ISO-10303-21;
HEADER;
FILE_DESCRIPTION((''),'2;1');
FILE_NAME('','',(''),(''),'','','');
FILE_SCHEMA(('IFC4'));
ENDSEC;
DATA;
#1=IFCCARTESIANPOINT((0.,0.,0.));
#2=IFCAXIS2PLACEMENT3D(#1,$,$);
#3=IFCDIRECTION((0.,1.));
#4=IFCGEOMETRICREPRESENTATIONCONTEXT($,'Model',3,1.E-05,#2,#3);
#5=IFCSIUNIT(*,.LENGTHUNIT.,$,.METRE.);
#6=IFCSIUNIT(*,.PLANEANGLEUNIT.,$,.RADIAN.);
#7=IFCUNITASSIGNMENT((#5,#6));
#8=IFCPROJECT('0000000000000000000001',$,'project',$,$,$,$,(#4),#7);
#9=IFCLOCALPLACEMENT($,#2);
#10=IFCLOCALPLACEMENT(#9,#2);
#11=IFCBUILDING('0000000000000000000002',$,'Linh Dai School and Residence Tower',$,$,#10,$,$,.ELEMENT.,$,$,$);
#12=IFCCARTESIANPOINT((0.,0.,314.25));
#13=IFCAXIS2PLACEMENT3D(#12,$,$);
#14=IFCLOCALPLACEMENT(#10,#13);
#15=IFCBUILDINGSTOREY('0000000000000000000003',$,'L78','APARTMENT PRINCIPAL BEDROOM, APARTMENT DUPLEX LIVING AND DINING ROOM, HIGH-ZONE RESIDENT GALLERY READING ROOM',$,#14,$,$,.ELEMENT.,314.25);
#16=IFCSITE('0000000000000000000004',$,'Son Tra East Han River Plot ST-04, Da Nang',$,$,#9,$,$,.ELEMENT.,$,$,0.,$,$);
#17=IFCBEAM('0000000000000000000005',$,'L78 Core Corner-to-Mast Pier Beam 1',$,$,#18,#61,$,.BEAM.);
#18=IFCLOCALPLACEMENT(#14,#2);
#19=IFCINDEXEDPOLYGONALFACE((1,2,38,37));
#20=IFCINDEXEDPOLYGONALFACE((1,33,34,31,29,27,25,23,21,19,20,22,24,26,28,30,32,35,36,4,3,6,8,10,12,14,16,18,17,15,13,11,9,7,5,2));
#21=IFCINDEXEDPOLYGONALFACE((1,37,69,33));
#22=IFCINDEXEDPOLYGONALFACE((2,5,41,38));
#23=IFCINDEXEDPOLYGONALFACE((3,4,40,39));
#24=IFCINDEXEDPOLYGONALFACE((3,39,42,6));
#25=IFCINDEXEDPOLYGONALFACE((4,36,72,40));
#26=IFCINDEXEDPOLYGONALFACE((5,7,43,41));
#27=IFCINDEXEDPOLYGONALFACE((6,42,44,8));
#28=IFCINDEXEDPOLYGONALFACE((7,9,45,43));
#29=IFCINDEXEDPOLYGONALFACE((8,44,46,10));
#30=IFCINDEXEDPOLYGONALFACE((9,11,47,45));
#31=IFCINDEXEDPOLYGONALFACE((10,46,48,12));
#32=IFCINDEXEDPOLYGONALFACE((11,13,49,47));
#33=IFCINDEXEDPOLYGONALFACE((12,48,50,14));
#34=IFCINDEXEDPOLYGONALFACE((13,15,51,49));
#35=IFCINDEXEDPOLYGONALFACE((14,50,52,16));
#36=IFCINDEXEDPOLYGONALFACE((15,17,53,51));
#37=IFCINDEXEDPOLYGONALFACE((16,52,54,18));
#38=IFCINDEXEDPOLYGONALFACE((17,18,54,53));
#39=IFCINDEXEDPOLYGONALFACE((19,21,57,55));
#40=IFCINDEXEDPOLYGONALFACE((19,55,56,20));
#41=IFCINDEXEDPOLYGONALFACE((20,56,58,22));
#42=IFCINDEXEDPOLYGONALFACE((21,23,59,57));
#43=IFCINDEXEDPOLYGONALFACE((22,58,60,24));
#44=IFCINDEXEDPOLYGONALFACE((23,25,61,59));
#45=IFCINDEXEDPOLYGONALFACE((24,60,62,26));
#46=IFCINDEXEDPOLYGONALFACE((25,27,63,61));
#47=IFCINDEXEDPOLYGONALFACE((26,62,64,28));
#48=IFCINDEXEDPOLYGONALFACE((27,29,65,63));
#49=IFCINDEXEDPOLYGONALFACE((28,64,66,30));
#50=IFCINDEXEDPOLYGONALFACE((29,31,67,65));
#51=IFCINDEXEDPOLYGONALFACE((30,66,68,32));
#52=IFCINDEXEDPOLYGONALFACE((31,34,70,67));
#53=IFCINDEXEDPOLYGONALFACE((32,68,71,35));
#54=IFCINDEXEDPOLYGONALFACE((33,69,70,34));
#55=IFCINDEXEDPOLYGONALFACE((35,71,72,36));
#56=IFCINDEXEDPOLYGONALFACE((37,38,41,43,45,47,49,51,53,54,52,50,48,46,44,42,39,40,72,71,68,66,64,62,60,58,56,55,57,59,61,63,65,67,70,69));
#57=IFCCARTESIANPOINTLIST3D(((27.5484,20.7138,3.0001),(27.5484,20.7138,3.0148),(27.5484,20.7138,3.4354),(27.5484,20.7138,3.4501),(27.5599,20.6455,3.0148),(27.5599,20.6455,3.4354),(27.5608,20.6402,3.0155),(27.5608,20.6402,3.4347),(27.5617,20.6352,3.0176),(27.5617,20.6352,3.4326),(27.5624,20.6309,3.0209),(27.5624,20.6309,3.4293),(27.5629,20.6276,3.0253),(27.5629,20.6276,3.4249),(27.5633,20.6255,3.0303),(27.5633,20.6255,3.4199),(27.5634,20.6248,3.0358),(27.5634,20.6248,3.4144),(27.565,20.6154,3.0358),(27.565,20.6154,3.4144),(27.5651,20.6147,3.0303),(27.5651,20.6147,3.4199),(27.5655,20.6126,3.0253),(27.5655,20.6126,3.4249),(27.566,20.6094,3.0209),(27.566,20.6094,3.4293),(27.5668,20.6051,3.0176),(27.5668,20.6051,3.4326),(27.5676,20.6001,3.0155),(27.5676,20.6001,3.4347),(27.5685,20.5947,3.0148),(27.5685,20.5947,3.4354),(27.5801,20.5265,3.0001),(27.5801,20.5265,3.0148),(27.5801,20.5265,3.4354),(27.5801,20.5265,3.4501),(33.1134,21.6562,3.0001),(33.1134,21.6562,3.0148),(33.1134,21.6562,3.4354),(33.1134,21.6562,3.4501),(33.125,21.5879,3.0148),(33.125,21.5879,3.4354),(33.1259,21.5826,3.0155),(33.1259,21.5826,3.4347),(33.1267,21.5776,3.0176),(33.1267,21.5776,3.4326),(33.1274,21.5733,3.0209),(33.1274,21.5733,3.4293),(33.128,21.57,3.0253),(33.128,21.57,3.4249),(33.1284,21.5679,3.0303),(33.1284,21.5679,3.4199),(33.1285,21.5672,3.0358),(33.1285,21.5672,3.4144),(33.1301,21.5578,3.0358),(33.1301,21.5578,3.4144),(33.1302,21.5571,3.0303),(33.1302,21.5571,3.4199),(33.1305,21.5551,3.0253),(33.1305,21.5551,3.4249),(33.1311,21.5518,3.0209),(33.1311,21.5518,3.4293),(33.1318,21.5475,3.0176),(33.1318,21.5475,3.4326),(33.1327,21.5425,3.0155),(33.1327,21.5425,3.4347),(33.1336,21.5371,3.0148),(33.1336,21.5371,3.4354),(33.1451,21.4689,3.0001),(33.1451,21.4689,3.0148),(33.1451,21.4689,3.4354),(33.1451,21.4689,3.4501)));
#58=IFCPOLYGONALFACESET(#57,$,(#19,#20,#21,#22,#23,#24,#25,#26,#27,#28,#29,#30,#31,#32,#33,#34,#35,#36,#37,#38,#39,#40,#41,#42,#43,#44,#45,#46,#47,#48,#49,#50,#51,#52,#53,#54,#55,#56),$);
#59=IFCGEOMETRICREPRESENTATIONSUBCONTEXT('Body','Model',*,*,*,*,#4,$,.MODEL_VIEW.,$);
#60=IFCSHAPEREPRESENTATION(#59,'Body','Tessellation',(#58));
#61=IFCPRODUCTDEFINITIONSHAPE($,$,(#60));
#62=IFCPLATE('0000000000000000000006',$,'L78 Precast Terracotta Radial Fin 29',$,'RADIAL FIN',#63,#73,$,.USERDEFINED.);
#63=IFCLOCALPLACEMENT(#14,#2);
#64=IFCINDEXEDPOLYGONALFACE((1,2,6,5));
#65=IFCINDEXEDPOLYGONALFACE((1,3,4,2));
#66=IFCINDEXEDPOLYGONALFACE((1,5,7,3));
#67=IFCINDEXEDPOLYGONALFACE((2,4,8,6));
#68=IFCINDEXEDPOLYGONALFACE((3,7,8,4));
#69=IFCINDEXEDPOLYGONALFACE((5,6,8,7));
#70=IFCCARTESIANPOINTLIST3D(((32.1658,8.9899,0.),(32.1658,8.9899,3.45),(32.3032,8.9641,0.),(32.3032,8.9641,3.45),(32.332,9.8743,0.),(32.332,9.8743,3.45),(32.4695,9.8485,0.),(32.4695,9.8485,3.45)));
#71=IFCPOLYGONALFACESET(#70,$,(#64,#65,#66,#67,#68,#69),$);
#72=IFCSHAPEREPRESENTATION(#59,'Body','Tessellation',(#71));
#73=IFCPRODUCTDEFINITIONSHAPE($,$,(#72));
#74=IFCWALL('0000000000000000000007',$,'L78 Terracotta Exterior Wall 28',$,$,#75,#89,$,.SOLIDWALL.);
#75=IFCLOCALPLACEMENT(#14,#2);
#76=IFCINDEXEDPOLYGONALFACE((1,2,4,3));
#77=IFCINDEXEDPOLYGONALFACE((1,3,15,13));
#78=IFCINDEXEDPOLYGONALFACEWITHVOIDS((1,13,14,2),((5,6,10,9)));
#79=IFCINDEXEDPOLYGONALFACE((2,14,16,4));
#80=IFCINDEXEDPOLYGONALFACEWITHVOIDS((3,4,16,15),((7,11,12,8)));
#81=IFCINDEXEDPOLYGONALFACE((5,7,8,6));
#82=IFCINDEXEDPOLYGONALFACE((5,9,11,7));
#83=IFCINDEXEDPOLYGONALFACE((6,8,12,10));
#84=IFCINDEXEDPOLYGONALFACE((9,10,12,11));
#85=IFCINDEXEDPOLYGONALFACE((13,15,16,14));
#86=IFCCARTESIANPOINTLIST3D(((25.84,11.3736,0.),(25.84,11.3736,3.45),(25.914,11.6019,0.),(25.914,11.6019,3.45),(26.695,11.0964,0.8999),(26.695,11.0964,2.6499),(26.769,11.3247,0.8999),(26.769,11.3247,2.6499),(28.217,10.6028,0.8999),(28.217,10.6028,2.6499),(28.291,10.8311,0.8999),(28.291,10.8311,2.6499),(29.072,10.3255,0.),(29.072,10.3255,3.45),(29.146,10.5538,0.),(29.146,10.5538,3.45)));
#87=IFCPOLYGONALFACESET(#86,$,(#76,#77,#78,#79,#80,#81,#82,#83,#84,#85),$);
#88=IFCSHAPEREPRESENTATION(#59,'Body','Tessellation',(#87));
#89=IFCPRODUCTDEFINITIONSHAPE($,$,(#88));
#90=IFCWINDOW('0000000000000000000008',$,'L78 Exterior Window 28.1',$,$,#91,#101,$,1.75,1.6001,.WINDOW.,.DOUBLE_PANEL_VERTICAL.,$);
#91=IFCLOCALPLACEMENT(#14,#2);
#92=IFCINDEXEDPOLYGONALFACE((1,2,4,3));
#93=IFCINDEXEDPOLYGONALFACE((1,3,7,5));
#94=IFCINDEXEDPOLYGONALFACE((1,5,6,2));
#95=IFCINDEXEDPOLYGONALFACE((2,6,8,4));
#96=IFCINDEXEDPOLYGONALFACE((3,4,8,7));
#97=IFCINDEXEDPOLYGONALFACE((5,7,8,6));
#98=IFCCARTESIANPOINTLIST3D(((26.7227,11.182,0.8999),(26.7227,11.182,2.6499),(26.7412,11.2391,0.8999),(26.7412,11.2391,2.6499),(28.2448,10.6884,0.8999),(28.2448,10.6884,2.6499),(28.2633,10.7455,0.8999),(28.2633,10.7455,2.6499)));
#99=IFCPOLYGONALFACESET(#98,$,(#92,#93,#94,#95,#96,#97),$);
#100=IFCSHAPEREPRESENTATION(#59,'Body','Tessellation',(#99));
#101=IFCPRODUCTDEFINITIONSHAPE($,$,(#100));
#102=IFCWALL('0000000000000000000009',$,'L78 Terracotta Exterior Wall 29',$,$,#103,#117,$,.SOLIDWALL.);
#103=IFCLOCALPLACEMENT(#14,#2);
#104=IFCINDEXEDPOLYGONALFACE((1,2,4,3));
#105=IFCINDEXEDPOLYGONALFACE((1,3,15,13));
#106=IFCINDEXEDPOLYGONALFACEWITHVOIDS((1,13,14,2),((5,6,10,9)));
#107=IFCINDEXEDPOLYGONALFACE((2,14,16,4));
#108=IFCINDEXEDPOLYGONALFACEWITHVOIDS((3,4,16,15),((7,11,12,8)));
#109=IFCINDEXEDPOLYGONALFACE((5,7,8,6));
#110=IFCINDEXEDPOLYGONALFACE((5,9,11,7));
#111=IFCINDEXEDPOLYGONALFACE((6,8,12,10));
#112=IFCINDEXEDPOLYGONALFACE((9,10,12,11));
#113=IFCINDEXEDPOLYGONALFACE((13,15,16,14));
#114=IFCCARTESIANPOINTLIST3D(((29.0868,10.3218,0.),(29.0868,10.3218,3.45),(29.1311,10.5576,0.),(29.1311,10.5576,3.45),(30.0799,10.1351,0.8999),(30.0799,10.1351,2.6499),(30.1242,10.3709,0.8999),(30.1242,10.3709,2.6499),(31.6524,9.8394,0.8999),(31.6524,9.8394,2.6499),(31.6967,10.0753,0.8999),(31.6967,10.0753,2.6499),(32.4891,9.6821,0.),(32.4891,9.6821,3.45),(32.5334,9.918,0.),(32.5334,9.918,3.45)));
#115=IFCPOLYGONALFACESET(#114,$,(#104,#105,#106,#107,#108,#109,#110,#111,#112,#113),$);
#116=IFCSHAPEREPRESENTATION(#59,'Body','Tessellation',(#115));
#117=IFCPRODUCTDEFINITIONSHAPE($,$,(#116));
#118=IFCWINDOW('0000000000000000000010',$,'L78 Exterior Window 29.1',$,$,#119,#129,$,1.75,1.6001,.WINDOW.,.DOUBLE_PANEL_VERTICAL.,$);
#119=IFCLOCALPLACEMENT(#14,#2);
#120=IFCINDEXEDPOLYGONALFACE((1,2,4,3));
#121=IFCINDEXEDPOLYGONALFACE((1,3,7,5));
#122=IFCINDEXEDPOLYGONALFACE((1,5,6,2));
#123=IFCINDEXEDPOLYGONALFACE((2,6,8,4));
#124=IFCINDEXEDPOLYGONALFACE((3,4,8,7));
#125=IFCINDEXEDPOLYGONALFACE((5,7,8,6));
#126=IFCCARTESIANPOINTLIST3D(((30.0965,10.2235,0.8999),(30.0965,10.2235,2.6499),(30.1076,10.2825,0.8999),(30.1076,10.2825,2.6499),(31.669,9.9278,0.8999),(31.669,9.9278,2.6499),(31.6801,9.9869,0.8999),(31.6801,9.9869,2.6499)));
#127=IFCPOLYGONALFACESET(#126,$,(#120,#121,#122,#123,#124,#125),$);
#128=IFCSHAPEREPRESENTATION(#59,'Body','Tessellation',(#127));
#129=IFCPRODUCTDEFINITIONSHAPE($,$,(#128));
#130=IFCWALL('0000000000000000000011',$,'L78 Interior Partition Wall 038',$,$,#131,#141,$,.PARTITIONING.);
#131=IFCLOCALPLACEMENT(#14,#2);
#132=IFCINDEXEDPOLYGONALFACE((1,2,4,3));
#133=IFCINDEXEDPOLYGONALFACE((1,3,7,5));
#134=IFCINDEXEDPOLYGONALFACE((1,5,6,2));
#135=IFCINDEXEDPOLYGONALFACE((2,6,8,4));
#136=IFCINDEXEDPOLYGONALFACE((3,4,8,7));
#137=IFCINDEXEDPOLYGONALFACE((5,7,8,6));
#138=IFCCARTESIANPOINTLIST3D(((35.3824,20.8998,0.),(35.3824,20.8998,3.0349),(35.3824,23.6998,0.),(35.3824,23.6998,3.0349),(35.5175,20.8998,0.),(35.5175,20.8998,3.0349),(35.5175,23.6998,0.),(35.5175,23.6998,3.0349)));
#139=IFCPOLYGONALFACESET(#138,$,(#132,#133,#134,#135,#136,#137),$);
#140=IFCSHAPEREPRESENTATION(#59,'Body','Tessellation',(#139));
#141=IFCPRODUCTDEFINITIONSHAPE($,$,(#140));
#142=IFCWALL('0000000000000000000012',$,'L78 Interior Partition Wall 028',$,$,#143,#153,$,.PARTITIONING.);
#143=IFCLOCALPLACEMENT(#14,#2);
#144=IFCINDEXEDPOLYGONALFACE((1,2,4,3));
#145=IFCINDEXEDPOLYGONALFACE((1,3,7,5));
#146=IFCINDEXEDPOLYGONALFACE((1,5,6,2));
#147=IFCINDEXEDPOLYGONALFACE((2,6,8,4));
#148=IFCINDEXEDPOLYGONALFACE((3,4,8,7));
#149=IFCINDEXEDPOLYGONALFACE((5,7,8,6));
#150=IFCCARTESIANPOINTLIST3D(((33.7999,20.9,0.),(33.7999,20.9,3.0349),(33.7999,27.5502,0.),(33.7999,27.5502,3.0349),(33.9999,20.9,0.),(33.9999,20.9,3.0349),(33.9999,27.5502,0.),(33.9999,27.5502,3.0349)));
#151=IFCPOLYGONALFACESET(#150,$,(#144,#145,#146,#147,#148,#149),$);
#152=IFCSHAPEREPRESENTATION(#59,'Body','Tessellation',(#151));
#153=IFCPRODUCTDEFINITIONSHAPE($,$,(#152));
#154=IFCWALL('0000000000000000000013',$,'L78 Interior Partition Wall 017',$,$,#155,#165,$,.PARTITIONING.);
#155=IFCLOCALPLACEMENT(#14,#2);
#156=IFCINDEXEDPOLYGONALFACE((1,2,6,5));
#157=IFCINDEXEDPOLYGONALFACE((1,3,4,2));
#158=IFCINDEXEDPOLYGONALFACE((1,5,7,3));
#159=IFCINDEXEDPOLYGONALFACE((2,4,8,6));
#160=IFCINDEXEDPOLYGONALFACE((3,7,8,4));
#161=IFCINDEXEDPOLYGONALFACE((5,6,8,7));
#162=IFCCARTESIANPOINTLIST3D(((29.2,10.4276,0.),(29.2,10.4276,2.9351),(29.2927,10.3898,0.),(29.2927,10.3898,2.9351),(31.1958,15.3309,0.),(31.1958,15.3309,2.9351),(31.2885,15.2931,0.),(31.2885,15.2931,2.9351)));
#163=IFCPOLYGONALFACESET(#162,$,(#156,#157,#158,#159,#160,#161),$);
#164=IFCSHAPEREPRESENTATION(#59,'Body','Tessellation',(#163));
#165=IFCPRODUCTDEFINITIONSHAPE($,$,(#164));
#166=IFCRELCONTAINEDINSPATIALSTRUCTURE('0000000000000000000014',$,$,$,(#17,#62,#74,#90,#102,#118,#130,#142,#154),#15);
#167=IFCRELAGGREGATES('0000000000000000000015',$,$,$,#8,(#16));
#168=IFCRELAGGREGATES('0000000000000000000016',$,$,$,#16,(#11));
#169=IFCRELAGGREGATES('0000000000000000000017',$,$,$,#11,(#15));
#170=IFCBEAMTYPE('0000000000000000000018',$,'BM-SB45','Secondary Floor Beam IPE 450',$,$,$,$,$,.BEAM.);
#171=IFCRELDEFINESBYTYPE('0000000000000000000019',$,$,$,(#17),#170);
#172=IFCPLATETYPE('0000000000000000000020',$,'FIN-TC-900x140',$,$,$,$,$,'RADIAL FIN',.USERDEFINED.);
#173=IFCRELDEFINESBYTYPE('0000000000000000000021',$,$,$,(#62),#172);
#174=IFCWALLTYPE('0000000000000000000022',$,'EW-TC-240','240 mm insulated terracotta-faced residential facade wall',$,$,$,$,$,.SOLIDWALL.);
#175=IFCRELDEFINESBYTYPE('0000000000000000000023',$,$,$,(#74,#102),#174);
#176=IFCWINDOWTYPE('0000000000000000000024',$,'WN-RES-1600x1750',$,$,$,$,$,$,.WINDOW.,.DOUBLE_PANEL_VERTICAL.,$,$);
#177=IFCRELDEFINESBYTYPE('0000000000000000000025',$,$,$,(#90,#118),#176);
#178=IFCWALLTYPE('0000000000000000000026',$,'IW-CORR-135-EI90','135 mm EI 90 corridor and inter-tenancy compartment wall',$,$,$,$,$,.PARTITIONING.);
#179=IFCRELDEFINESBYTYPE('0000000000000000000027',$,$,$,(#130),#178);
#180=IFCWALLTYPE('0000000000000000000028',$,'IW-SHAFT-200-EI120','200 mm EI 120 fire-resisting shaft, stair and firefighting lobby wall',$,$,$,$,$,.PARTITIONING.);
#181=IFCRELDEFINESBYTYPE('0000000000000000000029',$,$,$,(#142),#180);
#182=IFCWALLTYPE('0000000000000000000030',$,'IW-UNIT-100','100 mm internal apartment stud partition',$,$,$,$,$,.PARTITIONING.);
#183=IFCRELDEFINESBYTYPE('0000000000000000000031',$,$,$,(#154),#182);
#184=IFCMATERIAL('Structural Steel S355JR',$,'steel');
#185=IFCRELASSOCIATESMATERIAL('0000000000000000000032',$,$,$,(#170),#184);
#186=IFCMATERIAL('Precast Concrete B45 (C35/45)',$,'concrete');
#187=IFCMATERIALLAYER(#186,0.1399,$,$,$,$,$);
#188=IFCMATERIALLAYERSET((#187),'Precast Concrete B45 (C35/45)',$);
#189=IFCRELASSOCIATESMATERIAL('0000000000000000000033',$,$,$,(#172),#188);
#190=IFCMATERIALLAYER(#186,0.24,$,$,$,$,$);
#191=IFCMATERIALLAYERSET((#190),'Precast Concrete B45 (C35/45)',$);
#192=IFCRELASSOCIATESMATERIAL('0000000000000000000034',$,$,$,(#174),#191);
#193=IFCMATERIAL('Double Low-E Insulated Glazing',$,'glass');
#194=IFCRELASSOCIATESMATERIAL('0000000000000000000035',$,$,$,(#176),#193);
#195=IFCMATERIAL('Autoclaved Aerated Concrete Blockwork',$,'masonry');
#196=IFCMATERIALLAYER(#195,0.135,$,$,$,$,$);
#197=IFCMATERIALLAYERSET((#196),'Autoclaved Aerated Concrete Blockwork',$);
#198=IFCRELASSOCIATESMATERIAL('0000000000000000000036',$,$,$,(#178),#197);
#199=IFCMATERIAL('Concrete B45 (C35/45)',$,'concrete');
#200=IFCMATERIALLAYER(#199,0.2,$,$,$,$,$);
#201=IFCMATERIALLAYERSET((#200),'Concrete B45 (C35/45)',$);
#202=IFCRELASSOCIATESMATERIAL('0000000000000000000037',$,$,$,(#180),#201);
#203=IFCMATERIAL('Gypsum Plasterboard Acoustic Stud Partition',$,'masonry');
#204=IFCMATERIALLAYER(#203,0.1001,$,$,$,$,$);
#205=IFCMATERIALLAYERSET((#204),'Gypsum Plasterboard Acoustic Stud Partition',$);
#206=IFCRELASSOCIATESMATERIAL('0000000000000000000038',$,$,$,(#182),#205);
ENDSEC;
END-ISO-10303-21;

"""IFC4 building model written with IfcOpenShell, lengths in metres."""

from ifc_helpers import new_model, si_unit, direction, frame, frame_2d, origin, origin_2d, place, context, subcontext, project, spatial, rectangle, i_section, extrude, source, transform, mapped, material, layer, layer_set, material_profile, profile_set, type_object, element, fill, save


model = new_model("IFC4")

# Units and contexts
model_context = context("Model", 3, precision=1e-05, world=origin(), true_north=direction((0.0, 1.0)))
body_context = subcontext(model_context, "Body", "Model", "MODEL_VIEW")
ifc_project = project(units=[si_unit("LENGTHUNIT", "METRE"), si_unit("PLANEANGLEUNIT", "RADIAN")], contexts=[model_context])

# Site, building, storey
site_placement = place(None, origin())
site = spatial("IfcSite", under=ifc_project, at=site_placement, Name="Son Tra East Han River Plot ST-04, Da Nang", CompositionType="ELEMENT", RefElevation=0.0)
building_placement = place(site_placement, origin())
building = spatial("IfcBuilding", under=site, at=building_placement, Name="Linh Dai School and Residence Tower", CompositionType="ELEMENT")
storey_placement = place(building_placement, frame((0.0, 0.0, 314.25)))
storey = spatial("IfcBuildingStorey", under=building, at=storey_placement, Name="L78", Description="APARTMENT PRINCIPAL BEDROOM, APARTMENT DUPLEX LIVING AND DINING ROOM, HIGH-ZONE RESIDENT GALLERY READING ROOM", CompositionType="ELEMENT", Elevation=314.25)

# Shared definitions
ifc_material_1 = material(Name="Structural Steel S355JR", Category="steel")

# Beam
ifc_material_profile_1 = material_profile(ifc_material_1, i_section(OverallWidth=0.1899, OverallDepth=0.45, WebThickness=0.0095, FlangeThickness=0.0146, FilletRadius=0.021, at=origin_2d()), Name="IPE 450")
ifc_profile_set_1 = profile_set([ifc_material_profile_1], Name="Structural Steel S355JR")
beam_type_1 = type_object("IfcBeamType", Name="BM-SB45", Description="Secondary Floor Beam IPE 450", PredefinedType="BEAM", material=ifc_profile_set_1)
beam_1_placement = place(storey_placement, frame((27.5642, 20.6201, 3.2251), z_axis=(0.985963, 0.166966, 0.0), x_axis=(-0.166966, 0.985963, 0.0)))
element("IfcBeam", 1, at=beam_1_placement, inside=storey, type_object=beam_type_1, Name="L78 Core Corner-to-Mast Pier Beam 1", PredefinedType="BEAM", context=body_context, shape_type="SweptSolid", body=[
    extrude(i_section(OverallWidth=0.1899, OverallDepth=0.45, WebThickness=0.0095, FlangeThickness=0.0146, FilletRadius=0.021, at=origin_2d()), origin(), (0.0, 0.0, 1.0), 5.6443),
])

# Plate
ifc_material_2 = material(Name="Precast Concrete B45 (C35/45)", Category="concrete")
ifc_layer_1 = layer(ifc_material_2, 0.1399)
ifc_layer_set_1 = layer_set([ifc_layer_1], Name="Precast Concrete B45 (C35/45)")
plate_type = type_object("IfcPlateType", Name="FIN-TC-900x140", ElementType="RADIAL FIN", PredefinedType="USERDEFINED", material=ifc_layer_set_1)
shared_shape_1 = source(origin(), body_context, "Body", "SweptSolid", [
    extrude(rectangle(XDim=0.8999, YDim=0.1399, at=origin_2d()), origin(), (0.0, 0.0, 1.0), 3.45),
])
plate_placement = place(storey_placement, frame((32.3176, 9.4192, 0.0), z_axis=(0.0, 0.0, 1.0), x_axis=(-0.184751, -0.982785, 0.0)))
element("IfcPlate", 2, at=plate_placement, inside=storey, type_object=plate_type, Name="L78 Precast Terracotta Radial Fin 29", ObjectType="RADIAL FIN", PredefinedType="USERDEFINED", context=body_context, shape_type="MappedRepresentation", body=[
    mapped(shared_shape_1, transform((0.0, 0.0, 0.0), x_axis=(1.0, 0.0, 0.0), y_axis=(0.0, 1.0, 0.0), z_axis=(0.0, 0.0, 1.0), scale=1.0)),
])

# Walls, openings, windows
ifc_layer_2 = layer(ifc_material_2, 0.24)
ifc_layer_set_2 = layer_set([ifc_layer_2], Name="Precast Concrete B45 (C35/45)")
wall_type_1 = type_object("IfcWallType", Name="EW-TC-240", Description="240 mm insulated terracotta-faced residential facade wall", PredefinedType="SOLIDWALL", material=ifc_layer_set_2)
wall_1_placement = place(storey_placement, frame((29.1089, 10.4397, 0.0), z_axis=(0.0, 0.0, 1.0), x_axis=(-0.951231, 0.308478, 0.0)))
wall_1 = element("IfcWall", 3, at=wall_1_placement, inside=storey, type_object=wall_type_1, Name="L78 Terracotta Exterior Wall 28", PredefinedType="SOLIDWALL", context=body_context, shape_type="SweptSolid", body=[
    extrude(rectangle(XDim=3.3977, YDim=0.24, at=frame_2d((1.6987, 0.0))), origin(), (0.0, 0.0, 1.0), 3.45),
])
opening_1_placement = place(wall_1_placement, frame((0.8987, 0.0, 0.8999)))
opening_1 = element("IfcOpeningElement", 4, at=opening_1_placement, cuts=wall_1, PredefinedType="OPENING", context=body_context, shape_type="SweptSolid", body=[
    extrude(rectangle(XDim=1.6001, YDim=1.75, at=origin_2d()), frame((0.8, 0.1299, 0.875), z_axis=(0.0, -1.0, 0.0), x_axis=(1.0, 0.0, 0.0)), (0.0, 0.0, 1.0), 0.26),
])
ifc_material_3 = material(Name="Double Low-E Insulated Glazing", Category="glass")
window_type = type_object("IfcWindowType", Name="WN-RES-1600x1750", PartitioningType="DOUBLE_PANEL_VERTICAL", PredefinedType="WINDOW", material=ifc_material_3)
shared_shape_2 = source(origin(), body_context, "Body", "SweptSolid", [
    extrude(rectangle(XDim=1.6001, YDim=1.75, at=origin_2d()), frame((0.8, 0.03, 0.875), z_axis=(0.0, -1.0, 0.0), x_axis=(1.0, 0.0, 0.0)), (0.0, 0.0, 1.0), 0.0601),
])
window_1_placement = place(opening_1_placement, origin())
window_1 = element("IfcWindow", 5, at=window_1_placement, inside=storey, type_object=window_type, Name="L78 Exterior Window 28.1", OverallHeight=1.75, OverallWidth=1.6001, PartitioningType="DOUBLE_PANEL_VERTICAL", PredefinedType="WINDOW", context=body_context, shape_type="MappedRepresentation", body=[
    mapped(shared_shape_2, transform((0.0, 0.0, 0.0), x_axis=(1.0, 0.0, 0.0), y_axis=(0.0, 1.0, 0.0), z_axis=(0.0, 0.0, 1.0), scale=1.0)),
])
fill(opening_1, window_1)
wall_2_placement = place(storey_placement, frame((32.5112, 9.8, 0.0), z_axis=(0.0, 0.0, 1.0), x_axis=(-0.982783, 0.184765, 0.0)))
wall_2 = element("IfcWall", 6, at=wall_2_placement, inside=storey, type_object=wall_type_1, Name="L78 Terracotta Exterior Wall 29", PredefinedType="SOLIDWALL", context=body_context, shape_type="SweptSolid", body=[
    extrude(rectangle(XDim=3.4619, YDim=0.24, at=frame_2d((1.731, 0.0))), origin(), (0.0, 0.0, 1.0), 3.45),
])
opening_2_placement = place(wall_2_placement, frame((0.8513, 0.0, 0.8999)))
opening_2 = element("IfcOpeningElement", 7, at=opening_2_placement, cuts=wall_2, PredefinedType="OPENING", context=body_context, shape_type="SweptSolid", body=[
    extrude(rectangle(XDim=1.6001, YDim=1.75, at=origin_2d()), frame((0.8, 0.1299, 0.875), z_axis=(0.0, -1.0, 0.0), x_axis=(1.0, 0.0, 0.0)), (0.0, 0.0, 1.0), 0.26),
])
window_2_placement = place(opening_2_placement, origin())
window_2 = element("IfcWindow", 8, at=window_2_placement, inside=storey, type_object=window_type, Name="L78 Exterior Window 29.1", OverallHeight=1.75, OverallWidth=1.6001, PartitioningType="DOUBLE_PANEL_VERTICAL", PredefinedType="WINDOW", context=body_context, shape_type="MappedRepresentation", body=[
    mapped(shared_shape_2, transform((0.0, 0.0, 0.0), x_axis=(1.0, 0.0, 0.0), y_axis=(0.0, 1.0, 0.0), z_axis=(0.0, 0.0, 1.0), scale=1.0)),
])
fill(opening_2, window_2)

# Wall
ifc_material_4 = material(Name="Autoclaved Aerated Concrete Blockwork", Category="masonry")
ifc_layer_3 = layer(ifc_material_4, 0.135)
ifc_layer_set_3 = layer_set([ifc_layer_3], Name="Autoclaved Aerated Concrete Blockwork")
wall_type_2 = type_object("IfcWallType", Name="IW-CORR-135-EI90", Description="135 mm EI 90 corridor and inter-tenancy compartment wall", PredefinedType="PARTITIONING", material=ifc_layer_set_3)
wall_3_placement = place(storey_placement, frame((35.45, 20.8999, 0.0), z_axis=(0.0, 0.0, 1.0), x_axis=(0.0, 1.0, 0.0)))
element("IfcWall", 9, at=wall_3_placement, inside=storey, type_object=wall_type_2, Name="L78 Interior Partition Wall 038", PredefinedType="PARTITIONING", context=body_context, shape_type="SweptSolid", body=[
    extrude(rectangle(XDim=2.8, YDim=0.135, at=frame_2d((1.3999, 0.0))), origin(), (0.0, 0.0, 1.0), 3.0349),
])

# Walls
ifc_material_5 = material(Name="Concrete B45 (C35/45)", Category="concrete")
ifc_layer_4 = layer(ifc_material_5, 0.2)
ifc_layer_set_4 = layer_set([ifc_layer_4], Name="Concrete B45 (C35/45)")
wall_type_3 = type_object("IfcWallType", Name="IW-SHAFT-200-EI120", Description="200 mm EI 120 fire-resisting shaft, stair and firefighting lobby wall", PredefinedType="PARTITIONING", material=ifc_layer_set_4)
wall_4_placement = place(storey_placement, frame((33.8999, 20.8999, 0.0), z_axis=(0.0, 0.0, 1.0), x_axis=(0.0, 1.0, 0.0)))
element("IfcWall", 10, at=wall_4_placement, inside=storey, type_object=wall_type_3, Name="L78 Interior Partition Wall 028", PredefinedType="PARTITIONING", context=body_context, shape_type="SweptSolid", body=[
    extrude(rectangle(XDim=6.6501, YDim=0.2, at=frame_2d((3.3252, 0.0))), origin(), (0.0, 0.0, 1.0), 3.0349),
])
ifc_material_6 = material(Name="Gypsum Plasterboard Acoustic Stud Partition", Category="masonry")
ifc_layer_5 = layer(ifc_material_6, 0.1001)
ifc_layer_set_5 = layer_set([ifc_layer_5], Name="Gypsum Plasterboard Acoustic Stud Partition")
wall_type_4 = type_object("IfcWallType", Name="IW-UNIT-100", Description="100 mm internal apartment stud partition", PredefinedType="PARTITIONING", material=ifc_layer_set_5)
wall_5_placement = place(storey_placement, frame((29.2463, 10.4087, 0.0), z_axis=(0.0, 0.0, 1.0), x_axis=(0.377005, 0.926211, 0.0)))
element("IfcWall", 11, at=wall_5_placement, inside=storey, type_object=wall_type_4, Name="L78 Interior Partition Wall 017", PredefinedType="PARTITIONING", context=body_context, shape_type="SweptSolid", body=[
    extrude(rectangle(XDim=5.2939, YDim=0.1001, at=frame_2d((2.647, 0.0))), origin(), (0.0, 0.0, 1.0), 2.9351),
])

save(model, "model.ifc")
